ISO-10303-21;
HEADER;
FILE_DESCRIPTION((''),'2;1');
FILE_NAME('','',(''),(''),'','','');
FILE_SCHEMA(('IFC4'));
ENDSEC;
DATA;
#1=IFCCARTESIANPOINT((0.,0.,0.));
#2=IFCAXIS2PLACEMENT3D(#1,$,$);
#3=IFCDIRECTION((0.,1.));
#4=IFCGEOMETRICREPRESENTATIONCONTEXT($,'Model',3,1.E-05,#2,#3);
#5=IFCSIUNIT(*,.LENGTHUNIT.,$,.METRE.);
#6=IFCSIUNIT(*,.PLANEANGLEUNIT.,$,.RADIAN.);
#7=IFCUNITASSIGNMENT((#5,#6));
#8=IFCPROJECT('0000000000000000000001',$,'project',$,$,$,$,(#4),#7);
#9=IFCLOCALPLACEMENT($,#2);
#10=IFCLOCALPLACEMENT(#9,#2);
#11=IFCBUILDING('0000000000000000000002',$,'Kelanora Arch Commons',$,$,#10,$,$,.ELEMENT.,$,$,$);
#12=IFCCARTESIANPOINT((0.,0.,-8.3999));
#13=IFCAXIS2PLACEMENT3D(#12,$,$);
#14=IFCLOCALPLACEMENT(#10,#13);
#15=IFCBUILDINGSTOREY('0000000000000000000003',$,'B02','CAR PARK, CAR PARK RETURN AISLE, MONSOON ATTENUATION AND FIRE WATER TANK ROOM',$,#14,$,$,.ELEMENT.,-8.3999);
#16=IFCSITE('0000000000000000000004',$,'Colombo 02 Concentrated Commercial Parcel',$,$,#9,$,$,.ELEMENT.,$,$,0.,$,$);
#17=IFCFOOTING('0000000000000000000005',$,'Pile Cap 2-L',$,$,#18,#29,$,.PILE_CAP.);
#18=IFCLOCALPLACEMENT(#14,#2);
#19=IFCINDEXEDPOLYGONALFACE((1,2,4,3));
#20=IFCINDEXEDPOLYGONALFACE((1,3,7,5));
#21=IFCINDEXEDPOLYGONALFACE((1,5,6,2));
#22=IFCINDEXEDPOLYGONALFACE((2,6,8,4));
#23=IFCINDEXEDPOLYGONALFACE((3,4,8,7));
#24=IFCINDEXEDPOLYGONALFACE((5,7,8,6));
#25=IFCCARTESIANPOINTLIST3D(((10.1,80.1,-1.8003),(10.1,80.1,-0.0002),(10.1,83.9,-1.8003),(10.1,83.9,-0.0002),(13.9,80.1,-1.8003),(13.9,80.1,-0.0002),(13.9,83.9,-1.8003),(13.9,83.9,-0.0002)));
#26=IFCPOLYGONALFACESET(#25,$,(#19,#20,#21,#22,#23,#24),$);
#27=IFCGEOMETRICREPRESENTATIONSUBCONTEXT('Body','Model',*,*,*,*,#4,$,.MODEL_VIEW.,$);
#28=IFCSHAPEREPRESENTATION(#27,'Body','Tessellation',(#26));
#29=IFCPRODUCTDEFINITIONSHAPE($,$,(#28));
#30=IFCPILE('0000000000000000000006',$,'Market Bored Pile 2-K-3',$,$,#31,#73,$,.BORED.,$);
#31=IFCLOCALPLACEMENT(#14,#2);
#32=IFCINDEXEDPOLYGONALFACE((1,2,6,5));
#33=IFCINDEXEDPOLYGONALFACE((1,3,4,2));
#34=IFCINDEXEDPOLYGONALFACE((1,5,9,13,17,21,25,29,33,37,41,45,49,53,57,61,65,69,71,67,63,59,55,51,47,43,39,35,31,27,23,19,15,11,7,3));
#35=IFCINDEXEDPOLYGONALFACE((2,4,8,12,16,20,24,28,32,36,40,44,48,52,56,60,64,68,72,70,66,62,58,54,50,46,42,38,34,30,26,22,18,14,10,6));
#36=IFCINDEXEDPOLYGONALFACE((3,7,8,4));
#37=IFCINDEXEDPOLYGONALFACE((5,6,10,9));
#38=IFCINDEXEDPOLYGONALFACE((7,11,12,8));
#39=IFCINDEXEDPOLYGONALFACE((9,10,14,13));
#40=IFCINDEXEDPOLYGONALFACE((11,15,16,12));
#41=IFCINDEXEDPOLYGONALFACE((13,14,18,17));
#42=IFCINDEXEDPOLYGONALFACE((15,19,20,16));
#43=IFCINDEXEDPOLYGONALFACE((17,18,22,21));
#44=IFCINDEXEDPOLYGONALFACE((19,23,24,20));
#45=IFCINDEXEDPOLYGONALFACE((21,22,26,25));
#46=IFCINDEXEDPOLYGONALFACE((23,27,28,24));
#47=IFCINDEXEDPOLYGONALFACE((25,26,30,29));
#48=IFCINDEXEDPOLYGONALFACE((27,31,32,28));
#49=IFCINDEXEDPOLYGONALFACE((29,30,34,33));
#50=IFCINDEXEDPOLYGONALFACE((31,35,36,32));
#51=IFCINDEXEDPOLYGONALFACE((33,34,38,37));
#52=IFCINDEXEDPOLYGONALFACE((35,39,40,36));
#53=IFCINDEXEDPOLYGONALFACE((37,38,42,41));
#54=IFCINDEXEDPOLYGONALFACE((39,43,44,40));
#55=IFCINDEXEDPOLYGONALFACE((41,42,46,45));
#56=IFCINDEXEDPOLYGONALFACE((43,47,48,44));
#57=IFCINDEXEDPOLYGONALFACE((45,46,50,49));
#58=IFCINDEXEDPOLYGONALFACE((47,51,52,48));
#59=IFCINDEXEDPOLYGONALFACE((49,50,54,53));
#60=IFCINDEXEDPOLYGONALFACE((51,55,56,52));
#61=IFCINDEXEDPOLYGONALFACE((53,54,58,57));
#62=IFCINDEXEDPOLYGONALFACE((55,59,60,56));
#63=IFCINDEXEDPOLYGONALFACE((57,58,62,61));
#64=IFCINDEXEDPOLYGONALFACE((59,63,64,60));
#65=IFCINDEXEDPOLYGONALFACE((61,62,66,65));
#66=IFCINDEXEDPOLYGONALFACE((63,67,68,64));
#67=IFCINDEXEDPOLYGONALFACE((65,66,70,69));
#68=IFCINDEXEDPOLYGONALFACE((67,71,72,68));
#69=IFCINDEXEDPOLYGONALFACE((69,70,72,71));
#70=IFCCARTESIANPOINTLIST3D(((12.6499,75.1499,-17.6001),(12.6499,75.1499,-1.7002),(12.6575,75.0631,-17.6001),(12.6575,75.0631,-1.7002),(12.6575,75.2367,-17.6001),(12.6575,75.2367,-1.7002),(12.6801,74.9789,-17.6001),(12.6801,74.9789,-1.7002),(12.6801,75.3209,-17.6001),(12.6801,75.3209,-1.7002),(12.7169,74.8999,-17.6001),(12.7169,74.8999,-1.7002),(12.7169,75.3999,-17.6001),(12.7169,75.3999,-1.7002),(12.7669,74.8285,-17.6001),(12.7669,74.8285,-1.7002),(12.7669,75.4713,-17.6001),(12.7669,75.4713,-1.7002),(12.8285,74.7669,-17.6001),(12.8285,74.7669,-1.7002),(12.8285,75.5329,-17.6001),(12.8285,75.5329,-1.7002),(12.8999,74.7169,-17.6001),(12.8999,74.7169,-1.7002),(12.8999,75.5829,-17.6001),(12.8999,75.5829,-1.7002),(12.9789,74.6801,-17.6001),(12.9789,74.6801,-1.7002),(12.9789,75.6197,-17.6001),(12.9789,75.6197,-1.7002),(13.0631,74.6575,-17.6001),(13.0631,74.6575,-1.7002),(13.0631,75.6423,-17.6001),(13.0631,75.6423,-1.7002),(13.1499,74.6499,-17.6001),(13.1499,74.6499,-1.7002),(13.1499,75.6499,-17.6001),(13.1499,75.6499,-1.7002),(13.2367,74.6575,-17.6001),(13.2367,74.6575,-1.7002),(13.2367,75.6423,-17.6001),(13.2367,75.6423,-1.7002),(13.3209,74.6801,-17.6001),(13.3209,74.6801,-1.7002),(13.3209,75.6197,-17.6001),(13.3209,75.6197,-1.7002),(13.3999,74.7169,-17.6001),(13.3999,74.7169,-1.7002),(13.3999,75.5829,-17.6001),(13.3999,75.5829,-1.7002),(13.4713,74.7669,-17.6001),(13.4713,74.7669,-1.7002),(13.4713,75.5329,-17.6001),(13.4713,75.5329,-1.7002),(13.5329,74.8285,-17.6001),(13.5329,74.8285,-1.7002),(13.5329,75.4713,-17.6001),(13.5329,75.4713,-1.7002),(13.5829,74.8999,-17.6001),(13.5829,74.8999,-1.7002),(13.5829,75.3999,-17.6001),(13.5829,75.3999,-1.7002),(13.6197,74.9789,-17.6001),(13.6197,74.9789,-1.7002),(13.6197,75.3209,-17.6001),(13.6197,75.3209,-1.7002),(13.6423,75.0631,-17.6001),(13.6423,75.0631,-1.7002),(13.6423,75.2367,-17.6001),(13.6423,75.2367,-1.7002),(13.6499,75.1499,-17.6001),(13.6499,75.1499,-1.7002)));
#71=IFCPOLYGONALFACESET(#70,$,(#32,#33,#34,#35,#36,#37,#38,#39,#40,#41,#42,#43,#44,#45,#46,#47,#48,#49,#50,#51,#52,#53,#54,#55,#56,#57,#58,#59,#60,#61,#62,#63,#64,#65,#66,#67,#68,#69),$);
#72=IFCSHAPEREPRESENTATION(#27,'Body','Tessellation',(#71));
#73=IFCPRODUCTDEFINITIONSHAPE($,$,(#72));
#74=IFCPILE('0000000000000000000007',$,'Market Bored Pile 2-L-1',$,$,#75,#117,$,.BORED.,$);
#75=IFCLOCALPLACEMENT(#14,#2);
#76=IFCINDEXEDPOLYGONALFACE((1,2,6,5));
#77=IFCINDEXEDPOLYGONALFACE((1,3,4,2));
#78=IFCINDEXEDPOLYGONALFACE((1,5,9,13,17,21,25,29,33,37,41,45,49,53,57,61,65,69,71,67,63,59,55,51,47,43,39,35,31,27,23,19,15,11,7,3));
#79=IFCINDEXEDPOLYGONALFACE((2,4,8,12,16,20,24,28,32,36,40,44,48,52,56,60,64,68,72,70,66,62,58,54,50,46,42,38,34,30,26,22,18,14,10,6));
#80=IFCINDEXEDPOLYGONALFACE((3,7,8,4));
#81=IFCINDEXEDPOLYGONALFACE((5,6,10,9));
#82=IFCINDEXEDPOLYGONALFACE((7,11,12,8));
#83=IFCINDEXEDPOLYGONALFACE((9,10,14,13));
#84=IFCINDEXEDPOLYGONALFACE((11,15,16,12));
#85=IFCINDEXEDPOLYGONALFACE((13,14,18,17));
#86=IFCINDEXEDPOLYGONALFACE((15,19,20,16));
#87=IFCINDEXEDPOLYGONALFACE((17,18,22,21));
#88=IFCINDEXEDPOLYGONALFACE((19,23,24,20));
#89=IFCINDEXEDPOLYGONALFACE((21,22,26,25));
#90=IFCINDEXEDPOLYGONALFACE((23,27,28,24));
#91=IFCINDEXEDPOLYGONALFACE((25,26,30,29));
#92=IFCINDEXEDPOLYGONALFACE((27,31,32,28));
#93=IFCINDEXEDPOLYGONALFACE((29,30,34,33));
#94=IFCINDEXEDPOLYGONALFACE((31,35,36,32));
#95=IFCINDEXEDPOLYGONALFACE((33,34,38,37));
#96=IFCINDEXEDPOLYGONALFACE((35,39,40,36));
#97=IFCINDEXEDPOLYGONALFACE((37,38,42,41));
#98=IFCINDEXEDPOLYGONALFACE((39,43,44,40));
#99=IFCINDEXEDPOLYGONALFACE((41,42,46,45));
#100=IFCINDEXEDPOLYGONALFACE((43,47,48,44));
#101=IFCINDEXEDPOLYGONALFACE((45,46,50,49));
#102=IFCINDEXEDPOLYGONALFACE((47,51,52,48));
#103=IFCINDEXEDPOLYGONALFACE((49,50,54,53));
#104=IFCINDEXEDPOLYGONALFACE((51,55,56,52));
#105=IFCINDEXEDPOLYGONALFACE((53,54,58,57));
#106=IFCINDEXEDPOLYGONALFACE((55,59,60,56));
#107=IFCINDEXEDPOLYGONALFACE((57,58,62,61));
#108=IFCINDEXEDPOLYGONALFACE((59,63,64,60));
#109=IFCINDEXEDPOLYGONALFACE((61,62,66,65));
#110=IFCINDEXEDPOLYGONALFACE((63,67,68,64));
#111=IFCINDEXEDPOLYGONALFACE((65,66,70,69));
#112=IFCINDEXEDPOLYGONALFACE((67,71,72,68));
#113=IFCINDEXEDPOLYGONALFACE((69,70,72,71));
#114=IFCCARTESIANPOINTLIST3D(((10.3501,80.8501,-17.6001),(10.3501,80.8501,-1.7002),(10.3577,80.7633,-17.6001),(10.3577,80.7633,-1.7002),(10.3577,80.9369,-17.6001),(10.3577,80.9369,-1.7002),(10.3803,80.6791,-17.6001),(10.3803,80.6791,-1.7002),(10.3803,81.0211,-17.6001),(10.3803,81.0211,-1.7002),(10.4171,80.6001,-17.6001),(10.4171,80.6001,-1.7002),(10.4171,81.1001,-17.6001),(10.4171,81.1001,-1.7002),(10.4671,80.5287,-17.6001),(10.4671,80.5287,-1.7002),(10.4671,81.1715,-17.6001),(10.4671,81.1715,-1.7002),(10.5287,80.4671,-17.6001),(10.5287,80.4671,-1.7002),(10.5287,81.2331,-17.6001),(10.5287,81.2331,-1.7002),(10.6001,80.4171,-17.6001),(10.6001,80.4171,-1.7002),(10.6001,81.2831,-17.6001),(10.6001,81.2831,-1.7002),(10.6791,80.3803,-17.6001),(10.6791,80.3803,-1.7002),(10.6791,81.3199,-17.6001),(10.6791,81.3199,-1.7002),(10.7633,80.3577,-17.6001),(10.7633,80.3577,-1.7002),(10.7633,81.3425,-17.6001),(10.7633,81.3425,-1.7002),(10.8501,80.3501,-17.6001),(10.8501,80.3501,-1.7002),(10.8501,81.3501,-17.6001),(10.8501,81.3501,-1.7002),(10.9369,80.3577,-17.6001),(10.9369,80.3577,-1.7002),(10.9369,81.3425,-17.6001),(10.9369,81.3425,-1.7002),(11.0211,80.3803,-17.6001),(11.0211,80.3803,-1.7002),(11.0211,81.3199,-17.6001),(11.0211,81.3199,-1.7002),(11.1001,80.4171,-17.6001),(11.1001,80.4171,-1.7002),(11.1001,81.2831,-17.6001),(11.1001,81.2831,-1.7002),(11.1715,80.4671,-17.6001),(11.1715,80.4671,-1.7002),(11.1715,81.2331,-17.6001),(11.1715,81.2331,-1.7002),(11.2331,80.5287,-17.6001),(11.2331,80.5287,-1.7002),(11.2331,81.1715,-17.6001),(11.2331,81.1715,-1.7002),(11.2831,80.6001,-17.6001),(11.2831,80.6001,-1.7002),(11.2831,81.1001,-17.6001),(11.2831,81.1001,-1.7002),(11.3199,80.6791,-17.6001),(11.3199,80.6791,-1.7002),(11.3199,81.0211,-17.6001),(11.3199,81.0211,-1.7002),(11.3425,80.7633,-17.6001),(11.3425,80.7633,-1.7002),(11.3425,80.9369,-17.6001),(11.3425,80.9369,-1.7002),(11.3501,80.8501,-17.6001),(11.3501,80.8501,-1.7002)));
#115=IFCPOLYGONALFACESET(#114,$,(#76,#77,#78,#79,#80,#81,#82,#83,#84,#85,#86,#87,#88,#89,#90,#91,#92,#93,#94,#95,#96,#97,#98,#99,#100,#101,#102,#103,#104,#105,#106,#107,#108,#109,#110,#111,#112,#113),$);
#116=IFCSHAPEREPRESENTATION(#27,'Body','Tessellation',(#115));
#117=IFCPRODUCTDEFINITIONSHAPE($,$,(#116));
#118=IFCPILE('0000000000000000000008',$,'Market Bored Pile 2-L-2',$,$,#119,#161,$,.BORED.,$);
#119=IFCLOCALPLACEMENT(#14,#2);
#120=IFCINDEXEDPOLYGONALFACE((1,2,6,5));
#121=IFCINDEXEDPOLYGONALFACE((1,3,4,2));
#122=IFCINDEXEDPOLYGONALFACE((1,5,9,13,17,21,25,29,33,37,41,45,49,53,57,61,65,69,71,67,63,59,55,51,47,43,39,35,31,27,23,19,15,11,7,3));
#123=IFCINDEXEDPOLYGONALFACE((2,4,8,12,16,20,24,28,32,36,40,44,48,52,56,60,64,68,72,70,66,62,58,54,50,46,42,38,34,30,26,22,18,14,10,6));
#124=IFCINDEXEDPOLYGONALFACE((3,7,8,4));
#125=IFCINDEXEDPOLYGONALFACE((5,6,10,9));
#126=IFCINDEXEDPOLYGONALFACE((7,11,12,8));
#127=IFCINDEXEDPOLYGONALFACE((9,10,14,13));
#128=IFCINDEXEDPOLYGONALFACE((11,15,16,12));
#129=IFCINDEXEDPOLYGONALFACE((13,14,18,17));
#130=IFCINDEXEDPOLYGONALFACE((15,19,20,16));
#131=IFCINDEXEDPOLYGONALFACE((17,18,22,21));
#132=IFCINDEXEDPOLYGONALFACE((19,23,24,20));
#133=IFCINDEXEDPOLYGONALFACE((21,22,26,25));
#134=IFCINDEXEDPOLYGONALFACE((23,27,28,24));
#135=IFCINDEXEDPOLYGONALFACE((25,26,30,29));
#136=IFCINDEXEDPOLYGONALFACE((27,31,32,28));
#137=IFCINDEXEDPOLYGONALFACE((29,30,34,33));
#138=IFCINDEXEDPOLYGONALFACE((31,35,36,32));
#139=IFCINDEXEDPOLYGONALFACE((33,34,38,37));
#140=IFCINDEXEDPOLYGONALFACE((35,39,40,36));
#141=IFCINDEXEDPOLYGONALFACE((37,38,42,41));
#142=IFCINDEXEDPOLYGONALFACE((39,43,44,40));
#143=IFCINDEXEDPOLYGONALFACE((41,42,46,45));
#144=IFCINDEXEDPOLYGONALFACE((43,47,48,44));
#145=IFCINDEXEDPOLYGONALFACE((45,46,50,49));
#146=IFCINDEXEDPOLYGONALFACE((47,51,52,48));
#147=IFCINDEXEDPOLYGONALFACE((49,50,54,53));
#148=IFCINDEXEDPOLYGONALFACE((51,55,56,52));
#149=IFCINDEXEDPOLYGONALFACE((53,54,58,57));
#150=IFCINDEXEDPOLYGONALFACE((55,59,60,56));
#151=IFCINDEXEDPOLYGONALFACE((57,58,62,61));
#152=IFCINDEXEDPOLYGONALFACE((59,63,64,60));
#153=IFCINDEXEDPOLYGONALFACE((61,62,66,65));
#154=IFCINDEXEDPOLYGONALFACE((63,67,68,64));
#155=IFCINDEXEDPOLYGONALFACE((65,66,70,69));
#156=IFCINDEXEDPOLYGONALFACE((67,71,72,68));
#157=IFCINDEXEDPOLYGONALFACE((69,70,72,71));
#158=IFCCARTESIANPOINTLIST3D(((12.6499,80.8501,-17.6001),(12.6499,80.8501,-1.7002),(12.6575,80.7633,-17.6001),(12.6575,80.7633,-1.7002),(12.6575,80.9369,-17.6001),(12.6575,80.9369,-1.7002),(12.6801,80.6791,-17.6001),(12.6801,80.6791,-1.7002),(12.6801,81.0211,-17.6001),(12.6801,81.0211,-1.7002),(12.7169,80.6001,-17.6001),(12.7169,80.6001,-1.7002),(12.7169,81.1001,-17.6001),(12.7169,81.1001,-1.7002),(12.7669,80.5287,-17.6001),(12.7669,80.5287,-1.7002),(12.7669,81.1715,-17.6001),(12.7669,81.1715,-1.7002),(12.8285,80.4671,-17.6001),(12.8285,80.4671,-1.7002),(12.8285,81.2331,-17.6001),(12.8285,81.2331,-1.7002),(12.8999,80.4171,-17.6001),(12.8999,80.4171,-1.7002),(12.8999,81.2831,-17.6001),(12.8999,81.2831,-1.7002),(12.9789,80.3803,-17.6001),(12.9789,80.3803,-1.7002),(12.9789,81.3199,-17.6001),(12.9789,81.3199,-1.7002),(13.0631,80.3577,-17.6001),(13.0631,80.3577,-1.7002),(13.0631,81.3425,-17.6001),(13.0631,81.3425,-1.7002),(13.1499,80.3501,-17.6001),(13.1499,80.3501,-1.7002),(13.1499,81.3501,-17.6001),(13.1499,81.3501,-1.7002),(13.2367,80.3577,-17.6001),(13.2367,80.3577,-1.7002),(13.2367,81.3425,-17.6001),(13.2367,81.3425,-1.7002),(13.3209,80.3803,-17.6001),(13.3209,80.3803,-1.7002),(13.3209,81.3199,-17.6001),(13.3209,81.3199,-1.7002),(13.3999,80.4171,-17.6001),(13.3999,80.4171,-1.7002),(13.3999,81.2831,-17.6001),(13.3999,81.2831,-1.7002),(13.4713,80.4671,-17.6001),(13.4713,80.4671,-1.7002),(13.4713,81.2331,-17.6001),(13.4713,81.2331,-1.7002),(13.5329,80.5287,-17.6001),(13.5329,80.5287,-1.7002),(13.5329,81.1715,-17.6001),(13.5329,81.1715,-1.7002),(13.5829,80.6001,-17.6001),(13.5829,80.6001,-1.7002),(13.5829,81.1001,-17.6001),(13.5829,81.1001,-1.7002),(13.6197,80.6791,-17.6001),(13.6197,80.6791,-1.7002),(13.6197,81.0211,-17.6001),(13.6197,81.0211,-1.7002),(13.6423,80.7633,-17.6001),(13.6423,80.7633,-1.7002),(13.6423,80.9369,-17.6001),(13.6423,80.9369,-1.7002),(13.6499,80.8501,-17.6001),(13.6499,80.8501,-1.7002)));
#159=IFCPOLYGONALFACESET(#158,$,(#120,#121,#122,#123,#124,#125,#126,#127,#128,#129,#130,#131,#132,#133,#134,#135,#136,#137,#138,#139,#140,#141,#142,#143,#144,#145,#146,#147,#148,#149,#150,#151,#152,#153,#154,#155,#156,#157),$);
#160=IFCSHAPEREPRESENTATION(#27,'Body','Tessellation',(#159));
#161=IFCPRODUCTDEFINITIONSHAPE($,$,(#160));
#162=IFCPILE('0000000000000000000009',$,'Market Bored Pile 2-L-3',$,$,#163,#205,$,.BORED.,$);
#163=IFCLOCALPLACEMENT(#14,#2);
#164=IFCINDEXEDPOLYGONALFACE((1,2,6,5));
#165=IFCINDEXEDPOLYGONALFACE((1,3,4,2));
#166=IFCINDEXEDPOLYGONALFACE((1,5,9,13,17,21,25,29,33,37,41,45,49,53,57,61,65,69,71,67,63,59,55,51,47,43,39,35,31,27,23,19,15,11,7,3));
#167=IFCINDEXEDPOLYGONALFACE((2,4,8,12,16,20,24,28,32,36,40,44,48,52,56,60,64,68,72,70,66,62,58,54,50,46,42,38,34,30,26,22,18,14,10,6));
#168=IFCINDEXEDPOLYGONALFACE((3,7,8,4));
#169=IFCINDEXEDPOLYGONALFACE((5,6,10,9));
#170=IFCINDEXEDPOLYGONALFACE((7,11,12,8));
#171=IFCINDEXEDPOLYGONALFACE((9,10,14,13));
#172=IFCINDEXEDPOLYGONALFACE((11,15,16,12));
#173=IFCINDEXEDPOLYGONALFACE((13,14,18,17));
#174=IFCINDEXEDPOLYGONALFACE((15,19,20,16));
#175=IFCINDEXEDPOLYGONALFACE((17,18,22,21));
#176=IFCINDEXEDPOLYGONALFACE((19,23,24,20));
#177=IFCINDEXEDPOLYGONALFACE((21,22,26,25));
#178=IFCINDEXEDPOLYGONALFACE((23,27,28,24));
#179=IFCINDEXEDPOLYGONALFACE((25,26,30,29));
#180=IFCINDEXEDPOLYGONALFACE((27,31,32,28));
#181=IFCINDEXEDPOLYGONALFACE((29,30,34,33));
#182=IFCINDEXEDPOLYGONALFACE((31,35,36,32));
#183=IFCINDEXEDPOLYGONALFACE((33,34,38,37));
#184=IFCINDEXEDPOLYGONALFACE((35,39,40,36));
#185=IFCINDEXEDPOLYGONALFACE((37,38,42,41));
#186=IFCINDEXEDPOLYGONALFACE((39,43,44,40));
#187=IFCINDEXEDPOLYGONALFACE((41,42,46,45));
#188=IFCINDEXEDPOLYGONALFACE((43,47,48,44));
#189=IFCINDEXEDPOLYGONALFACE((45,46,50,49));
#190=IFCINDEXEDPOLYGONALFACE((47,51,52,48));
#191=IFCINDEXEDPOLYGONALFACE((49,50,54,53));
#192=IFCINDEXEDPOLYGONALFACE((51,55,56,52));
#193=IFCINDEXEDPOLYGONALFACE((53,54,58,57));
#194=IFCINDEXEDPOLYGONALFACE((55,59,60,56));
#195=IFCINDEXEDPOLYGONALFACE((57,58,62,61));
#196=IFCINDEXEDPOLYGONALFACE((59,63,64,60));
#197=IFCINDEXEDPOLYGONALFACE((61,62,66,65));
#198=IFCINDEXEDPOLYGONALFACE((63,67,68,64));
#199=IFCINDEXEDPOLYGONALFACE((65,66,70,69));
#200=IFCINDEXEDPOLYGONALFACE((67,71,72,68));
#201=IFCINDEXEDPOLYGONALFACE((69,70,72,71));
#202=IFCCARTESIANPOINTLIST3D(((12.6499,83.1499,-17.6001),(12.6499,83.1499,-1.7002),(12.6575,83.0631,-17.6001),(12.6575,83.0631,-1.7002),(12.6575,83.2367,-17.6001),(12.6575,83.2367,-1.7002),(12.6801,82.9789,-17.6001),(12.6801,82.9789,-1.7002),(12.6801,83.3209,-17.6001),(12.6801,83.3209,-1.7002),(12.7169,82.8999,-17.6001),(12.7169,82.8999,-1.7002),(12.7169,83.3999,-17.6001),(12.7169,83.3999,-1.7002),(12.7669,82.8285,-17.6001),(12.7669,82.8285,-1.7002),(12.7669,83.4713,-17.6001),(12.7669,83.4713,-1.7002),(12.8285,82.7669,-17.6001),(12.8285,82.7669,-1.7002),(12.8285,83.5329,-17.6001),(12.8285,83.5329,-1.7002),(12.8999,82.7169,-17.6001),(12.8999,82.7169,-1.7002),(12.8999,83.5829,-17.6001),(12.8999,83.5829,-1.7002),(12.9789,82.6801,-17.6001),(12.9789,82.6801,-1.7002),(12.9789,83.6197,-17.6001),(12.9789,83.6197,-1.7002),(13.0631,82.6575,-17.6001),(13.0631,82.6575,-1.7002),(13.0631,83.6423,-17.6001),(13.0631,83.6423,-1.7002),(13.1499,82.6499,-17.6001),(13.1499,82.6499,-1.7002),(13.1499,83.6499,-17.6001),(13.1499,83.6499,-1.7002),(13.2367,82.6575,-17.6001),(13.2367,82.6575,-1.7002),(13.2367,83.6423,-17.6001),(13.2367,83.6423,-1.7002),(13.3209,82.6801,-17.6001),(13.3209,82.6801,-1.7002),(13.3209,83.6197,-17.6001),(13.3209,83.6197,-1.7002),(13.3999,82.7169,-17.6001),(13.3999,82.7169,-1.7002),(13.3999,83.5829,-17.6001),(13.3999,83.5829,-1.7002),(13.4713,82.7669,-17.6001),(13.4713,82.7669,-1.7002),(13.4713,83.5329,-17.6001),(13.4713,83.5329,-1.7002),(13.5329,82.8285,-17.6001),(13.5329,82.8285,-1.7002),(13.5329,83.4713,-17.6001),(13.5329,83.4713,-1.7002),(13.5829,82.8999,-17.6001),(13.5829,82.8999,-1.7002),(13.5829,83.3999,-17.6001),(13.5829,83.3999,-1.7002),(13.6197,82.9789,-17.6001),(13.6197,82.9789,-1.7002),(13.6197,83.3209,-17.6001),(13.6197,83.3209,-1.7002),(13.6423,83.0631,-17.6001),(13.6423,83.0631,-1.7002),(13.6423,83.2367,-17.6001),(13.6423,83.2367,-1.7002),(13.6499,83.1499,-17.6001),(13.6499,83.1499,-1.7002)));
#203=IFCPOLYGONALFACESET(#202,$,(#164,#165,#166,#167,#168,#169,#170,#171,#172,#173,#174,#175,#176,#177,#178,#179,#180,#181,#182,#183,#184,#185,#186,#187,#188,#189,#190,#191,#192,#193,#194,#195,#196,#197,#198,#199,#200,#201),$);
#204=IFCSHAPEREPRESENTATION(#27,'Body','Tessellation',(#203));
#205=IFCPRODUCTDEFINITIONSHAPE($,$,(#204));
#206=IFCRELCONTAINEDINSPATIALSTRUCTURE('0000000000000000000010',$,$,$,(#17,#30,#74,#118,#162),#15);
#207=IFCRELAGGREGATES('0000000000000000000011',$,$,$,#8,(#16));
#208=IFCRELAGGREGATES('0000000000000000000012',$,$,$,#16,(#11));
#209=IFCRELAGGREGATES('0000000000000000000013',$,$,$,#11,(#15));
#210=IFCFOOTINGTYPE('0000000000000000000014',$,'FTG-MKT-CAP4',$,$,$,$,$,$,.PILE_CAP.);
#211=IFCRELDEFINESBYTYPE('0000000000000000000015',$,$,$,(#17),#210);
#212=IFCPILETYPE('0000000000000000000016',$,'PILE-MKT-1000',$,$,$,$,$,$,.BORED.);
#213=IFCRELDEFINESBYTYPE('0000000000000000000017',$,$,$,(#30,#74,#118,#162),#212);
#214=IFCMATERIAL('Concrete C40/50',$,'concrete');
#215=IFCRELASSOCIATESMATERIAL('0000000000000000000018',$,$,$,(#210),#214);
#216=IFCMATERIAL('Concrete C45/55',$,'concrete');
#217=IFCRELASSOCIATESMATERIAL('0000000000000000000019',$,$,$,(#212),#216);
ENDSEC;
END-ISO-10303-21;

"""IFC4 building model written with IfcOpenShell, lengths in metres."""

from ifc_helpers import new_model, si_unit, direction, frame, origin, origin_2d, place, context, subcontext, project, spatial, rectangle, circle, extrude, source, transform, mapped, material, material_profile, profile_set, type_object, element, save


model = new_model("IFC4")

# Units and contexts
model_context = context("Model", 3, precision=1e-05, world=origin(), true_north=direction((0.0, 1.0)))
body_context = subcontext(model_context, "Body", "Model", "MODEL_VIEW")
ifc_project = project(units=[si_unit("LENGTHUNIT", "METRE"), si_unit("PLANEANGLEUNIT", "RADIAN")], contexts=[model_context])

# Site, building, storey
site_placement = place(None, origin())
site = spatial("IfcSite", under=ifc_project, at=site_placement, Name="Colombo 02 Concentrated Commercial Parcel", CompositionType="ELEMENT", RefElevation=0.0)
building_placement = place(site_placement, origin())
building = spatial("IfcBuilding", under=site, at=building_placement, Name="Kelanora Arch Commons", CompositionType="ELEMENT")
storey_placement = place(building_placement, frame((0.0, 0.0, -8.3999)))
storey = spatial("IfcBuildingStorey", under=building, at=storey_placement, Name="B02", Description="CAR PARK, CAR PARK RETURN AISLE, MONSOON ATTENUATION AND FIRE WATER TANK ROOM", CompositionType="ELEMENT", Elevation=-8.3999)

# Footing
ifc_material_1 = material(Name="Concrete C40/50", Category="concrete")
footing_type_1 = type_object("IfcFootingType", Name="FTG-MKT-CAP4", PredefinedType="PILE_CAP", material=ifc_material_1)
shared_shape_1 = source(origin(), body_context, "Body", "SweptSolid", [
    extrude(rectangle(XDim=3.8, YDim=3.8, at=origin_2d()), origin(), (0.0, 0.0, 1.0), 1.8),
])
footing_1_placement = place(storey_placement, frame((12.0, 82.0, -1.8003), z_axis=(0.0, 0.0, 1.0), x_axis=(1.0, 0.0, 0.0)))
element("IfcFooting", 1, at=footing_1_placement, inside=storey, type_object=footing_type_1, Name="Pile Cap 2-L", PredefinedType="PILE_CAP", context=body_context, shape_type="MappedRepresentation", body=[
    mapped(shared_shape_1, transform((0.0, 0.0, 0.0), scale=1.0)),
])

# Piles
ifc_material_2 = material(Name="Concrete C45/55", Category="concrete")
ifc_material_profile_1 = material_profile(ifc_material_2, circle(Radius=0.5, at=origin_2d()), Name="PILE1000")
ifc_profile_set_1 = profile_set([ifc_material_profile_1], Name="Concrete C45/55")
pile_type = type_object("IfcPileType", Name="PILE-MKT-1000", PredefinedType="BORED", material=ifc_profile_set_1)
shared_shape_2 = source(origin(), body_context, "Body", "SweptSolid", [
    extrude(circle(Radius=0.5, at=origin_2d()), origin(), (0.0, 0.0, 1.0), 15.8999),
])
for number, where, z_axis, x_axis, name in (
    (2, (13.1499, 75.1499, -1.7002), (0.0, 0.0, -1.0), (1.0, 0.0, 0.0), "Market Bored Pile 2-K-3"),
    (3, (10.8501, 80.8501, -1.7002), (0.0, 0.0, -1.0), (1.0, 0.0, 0.0), "Market Bored Pile 2-L-1"),
    (4, (13.1499, 80.8501, -1.7002), (0.0, 0.0, -1.0), (1.0, 0.0, 0.0), "Market Bored Pile 2-L-2"),
    (5, (13.1499, 83.1499, -1.7002), (0.0, 0.0, -1.0), (1.0, 0.0, 0.0), "Market Bored Pile 2-L-3"),
):
    element("IfcPile", number, at=place(storey_placement, frame(where, z_axis=z_axis, x_axis=x_axis)), inside=storey, type_object=pile_type, Name=name, PredefinedType="BORED", context=body_context, shape_type="MappedRepresentation", body=[
        mapped(shared_shape_2, transform((0.0, 0.0, 0.0), scale=1.0)),
    ])

save(model, "model.ifc")
